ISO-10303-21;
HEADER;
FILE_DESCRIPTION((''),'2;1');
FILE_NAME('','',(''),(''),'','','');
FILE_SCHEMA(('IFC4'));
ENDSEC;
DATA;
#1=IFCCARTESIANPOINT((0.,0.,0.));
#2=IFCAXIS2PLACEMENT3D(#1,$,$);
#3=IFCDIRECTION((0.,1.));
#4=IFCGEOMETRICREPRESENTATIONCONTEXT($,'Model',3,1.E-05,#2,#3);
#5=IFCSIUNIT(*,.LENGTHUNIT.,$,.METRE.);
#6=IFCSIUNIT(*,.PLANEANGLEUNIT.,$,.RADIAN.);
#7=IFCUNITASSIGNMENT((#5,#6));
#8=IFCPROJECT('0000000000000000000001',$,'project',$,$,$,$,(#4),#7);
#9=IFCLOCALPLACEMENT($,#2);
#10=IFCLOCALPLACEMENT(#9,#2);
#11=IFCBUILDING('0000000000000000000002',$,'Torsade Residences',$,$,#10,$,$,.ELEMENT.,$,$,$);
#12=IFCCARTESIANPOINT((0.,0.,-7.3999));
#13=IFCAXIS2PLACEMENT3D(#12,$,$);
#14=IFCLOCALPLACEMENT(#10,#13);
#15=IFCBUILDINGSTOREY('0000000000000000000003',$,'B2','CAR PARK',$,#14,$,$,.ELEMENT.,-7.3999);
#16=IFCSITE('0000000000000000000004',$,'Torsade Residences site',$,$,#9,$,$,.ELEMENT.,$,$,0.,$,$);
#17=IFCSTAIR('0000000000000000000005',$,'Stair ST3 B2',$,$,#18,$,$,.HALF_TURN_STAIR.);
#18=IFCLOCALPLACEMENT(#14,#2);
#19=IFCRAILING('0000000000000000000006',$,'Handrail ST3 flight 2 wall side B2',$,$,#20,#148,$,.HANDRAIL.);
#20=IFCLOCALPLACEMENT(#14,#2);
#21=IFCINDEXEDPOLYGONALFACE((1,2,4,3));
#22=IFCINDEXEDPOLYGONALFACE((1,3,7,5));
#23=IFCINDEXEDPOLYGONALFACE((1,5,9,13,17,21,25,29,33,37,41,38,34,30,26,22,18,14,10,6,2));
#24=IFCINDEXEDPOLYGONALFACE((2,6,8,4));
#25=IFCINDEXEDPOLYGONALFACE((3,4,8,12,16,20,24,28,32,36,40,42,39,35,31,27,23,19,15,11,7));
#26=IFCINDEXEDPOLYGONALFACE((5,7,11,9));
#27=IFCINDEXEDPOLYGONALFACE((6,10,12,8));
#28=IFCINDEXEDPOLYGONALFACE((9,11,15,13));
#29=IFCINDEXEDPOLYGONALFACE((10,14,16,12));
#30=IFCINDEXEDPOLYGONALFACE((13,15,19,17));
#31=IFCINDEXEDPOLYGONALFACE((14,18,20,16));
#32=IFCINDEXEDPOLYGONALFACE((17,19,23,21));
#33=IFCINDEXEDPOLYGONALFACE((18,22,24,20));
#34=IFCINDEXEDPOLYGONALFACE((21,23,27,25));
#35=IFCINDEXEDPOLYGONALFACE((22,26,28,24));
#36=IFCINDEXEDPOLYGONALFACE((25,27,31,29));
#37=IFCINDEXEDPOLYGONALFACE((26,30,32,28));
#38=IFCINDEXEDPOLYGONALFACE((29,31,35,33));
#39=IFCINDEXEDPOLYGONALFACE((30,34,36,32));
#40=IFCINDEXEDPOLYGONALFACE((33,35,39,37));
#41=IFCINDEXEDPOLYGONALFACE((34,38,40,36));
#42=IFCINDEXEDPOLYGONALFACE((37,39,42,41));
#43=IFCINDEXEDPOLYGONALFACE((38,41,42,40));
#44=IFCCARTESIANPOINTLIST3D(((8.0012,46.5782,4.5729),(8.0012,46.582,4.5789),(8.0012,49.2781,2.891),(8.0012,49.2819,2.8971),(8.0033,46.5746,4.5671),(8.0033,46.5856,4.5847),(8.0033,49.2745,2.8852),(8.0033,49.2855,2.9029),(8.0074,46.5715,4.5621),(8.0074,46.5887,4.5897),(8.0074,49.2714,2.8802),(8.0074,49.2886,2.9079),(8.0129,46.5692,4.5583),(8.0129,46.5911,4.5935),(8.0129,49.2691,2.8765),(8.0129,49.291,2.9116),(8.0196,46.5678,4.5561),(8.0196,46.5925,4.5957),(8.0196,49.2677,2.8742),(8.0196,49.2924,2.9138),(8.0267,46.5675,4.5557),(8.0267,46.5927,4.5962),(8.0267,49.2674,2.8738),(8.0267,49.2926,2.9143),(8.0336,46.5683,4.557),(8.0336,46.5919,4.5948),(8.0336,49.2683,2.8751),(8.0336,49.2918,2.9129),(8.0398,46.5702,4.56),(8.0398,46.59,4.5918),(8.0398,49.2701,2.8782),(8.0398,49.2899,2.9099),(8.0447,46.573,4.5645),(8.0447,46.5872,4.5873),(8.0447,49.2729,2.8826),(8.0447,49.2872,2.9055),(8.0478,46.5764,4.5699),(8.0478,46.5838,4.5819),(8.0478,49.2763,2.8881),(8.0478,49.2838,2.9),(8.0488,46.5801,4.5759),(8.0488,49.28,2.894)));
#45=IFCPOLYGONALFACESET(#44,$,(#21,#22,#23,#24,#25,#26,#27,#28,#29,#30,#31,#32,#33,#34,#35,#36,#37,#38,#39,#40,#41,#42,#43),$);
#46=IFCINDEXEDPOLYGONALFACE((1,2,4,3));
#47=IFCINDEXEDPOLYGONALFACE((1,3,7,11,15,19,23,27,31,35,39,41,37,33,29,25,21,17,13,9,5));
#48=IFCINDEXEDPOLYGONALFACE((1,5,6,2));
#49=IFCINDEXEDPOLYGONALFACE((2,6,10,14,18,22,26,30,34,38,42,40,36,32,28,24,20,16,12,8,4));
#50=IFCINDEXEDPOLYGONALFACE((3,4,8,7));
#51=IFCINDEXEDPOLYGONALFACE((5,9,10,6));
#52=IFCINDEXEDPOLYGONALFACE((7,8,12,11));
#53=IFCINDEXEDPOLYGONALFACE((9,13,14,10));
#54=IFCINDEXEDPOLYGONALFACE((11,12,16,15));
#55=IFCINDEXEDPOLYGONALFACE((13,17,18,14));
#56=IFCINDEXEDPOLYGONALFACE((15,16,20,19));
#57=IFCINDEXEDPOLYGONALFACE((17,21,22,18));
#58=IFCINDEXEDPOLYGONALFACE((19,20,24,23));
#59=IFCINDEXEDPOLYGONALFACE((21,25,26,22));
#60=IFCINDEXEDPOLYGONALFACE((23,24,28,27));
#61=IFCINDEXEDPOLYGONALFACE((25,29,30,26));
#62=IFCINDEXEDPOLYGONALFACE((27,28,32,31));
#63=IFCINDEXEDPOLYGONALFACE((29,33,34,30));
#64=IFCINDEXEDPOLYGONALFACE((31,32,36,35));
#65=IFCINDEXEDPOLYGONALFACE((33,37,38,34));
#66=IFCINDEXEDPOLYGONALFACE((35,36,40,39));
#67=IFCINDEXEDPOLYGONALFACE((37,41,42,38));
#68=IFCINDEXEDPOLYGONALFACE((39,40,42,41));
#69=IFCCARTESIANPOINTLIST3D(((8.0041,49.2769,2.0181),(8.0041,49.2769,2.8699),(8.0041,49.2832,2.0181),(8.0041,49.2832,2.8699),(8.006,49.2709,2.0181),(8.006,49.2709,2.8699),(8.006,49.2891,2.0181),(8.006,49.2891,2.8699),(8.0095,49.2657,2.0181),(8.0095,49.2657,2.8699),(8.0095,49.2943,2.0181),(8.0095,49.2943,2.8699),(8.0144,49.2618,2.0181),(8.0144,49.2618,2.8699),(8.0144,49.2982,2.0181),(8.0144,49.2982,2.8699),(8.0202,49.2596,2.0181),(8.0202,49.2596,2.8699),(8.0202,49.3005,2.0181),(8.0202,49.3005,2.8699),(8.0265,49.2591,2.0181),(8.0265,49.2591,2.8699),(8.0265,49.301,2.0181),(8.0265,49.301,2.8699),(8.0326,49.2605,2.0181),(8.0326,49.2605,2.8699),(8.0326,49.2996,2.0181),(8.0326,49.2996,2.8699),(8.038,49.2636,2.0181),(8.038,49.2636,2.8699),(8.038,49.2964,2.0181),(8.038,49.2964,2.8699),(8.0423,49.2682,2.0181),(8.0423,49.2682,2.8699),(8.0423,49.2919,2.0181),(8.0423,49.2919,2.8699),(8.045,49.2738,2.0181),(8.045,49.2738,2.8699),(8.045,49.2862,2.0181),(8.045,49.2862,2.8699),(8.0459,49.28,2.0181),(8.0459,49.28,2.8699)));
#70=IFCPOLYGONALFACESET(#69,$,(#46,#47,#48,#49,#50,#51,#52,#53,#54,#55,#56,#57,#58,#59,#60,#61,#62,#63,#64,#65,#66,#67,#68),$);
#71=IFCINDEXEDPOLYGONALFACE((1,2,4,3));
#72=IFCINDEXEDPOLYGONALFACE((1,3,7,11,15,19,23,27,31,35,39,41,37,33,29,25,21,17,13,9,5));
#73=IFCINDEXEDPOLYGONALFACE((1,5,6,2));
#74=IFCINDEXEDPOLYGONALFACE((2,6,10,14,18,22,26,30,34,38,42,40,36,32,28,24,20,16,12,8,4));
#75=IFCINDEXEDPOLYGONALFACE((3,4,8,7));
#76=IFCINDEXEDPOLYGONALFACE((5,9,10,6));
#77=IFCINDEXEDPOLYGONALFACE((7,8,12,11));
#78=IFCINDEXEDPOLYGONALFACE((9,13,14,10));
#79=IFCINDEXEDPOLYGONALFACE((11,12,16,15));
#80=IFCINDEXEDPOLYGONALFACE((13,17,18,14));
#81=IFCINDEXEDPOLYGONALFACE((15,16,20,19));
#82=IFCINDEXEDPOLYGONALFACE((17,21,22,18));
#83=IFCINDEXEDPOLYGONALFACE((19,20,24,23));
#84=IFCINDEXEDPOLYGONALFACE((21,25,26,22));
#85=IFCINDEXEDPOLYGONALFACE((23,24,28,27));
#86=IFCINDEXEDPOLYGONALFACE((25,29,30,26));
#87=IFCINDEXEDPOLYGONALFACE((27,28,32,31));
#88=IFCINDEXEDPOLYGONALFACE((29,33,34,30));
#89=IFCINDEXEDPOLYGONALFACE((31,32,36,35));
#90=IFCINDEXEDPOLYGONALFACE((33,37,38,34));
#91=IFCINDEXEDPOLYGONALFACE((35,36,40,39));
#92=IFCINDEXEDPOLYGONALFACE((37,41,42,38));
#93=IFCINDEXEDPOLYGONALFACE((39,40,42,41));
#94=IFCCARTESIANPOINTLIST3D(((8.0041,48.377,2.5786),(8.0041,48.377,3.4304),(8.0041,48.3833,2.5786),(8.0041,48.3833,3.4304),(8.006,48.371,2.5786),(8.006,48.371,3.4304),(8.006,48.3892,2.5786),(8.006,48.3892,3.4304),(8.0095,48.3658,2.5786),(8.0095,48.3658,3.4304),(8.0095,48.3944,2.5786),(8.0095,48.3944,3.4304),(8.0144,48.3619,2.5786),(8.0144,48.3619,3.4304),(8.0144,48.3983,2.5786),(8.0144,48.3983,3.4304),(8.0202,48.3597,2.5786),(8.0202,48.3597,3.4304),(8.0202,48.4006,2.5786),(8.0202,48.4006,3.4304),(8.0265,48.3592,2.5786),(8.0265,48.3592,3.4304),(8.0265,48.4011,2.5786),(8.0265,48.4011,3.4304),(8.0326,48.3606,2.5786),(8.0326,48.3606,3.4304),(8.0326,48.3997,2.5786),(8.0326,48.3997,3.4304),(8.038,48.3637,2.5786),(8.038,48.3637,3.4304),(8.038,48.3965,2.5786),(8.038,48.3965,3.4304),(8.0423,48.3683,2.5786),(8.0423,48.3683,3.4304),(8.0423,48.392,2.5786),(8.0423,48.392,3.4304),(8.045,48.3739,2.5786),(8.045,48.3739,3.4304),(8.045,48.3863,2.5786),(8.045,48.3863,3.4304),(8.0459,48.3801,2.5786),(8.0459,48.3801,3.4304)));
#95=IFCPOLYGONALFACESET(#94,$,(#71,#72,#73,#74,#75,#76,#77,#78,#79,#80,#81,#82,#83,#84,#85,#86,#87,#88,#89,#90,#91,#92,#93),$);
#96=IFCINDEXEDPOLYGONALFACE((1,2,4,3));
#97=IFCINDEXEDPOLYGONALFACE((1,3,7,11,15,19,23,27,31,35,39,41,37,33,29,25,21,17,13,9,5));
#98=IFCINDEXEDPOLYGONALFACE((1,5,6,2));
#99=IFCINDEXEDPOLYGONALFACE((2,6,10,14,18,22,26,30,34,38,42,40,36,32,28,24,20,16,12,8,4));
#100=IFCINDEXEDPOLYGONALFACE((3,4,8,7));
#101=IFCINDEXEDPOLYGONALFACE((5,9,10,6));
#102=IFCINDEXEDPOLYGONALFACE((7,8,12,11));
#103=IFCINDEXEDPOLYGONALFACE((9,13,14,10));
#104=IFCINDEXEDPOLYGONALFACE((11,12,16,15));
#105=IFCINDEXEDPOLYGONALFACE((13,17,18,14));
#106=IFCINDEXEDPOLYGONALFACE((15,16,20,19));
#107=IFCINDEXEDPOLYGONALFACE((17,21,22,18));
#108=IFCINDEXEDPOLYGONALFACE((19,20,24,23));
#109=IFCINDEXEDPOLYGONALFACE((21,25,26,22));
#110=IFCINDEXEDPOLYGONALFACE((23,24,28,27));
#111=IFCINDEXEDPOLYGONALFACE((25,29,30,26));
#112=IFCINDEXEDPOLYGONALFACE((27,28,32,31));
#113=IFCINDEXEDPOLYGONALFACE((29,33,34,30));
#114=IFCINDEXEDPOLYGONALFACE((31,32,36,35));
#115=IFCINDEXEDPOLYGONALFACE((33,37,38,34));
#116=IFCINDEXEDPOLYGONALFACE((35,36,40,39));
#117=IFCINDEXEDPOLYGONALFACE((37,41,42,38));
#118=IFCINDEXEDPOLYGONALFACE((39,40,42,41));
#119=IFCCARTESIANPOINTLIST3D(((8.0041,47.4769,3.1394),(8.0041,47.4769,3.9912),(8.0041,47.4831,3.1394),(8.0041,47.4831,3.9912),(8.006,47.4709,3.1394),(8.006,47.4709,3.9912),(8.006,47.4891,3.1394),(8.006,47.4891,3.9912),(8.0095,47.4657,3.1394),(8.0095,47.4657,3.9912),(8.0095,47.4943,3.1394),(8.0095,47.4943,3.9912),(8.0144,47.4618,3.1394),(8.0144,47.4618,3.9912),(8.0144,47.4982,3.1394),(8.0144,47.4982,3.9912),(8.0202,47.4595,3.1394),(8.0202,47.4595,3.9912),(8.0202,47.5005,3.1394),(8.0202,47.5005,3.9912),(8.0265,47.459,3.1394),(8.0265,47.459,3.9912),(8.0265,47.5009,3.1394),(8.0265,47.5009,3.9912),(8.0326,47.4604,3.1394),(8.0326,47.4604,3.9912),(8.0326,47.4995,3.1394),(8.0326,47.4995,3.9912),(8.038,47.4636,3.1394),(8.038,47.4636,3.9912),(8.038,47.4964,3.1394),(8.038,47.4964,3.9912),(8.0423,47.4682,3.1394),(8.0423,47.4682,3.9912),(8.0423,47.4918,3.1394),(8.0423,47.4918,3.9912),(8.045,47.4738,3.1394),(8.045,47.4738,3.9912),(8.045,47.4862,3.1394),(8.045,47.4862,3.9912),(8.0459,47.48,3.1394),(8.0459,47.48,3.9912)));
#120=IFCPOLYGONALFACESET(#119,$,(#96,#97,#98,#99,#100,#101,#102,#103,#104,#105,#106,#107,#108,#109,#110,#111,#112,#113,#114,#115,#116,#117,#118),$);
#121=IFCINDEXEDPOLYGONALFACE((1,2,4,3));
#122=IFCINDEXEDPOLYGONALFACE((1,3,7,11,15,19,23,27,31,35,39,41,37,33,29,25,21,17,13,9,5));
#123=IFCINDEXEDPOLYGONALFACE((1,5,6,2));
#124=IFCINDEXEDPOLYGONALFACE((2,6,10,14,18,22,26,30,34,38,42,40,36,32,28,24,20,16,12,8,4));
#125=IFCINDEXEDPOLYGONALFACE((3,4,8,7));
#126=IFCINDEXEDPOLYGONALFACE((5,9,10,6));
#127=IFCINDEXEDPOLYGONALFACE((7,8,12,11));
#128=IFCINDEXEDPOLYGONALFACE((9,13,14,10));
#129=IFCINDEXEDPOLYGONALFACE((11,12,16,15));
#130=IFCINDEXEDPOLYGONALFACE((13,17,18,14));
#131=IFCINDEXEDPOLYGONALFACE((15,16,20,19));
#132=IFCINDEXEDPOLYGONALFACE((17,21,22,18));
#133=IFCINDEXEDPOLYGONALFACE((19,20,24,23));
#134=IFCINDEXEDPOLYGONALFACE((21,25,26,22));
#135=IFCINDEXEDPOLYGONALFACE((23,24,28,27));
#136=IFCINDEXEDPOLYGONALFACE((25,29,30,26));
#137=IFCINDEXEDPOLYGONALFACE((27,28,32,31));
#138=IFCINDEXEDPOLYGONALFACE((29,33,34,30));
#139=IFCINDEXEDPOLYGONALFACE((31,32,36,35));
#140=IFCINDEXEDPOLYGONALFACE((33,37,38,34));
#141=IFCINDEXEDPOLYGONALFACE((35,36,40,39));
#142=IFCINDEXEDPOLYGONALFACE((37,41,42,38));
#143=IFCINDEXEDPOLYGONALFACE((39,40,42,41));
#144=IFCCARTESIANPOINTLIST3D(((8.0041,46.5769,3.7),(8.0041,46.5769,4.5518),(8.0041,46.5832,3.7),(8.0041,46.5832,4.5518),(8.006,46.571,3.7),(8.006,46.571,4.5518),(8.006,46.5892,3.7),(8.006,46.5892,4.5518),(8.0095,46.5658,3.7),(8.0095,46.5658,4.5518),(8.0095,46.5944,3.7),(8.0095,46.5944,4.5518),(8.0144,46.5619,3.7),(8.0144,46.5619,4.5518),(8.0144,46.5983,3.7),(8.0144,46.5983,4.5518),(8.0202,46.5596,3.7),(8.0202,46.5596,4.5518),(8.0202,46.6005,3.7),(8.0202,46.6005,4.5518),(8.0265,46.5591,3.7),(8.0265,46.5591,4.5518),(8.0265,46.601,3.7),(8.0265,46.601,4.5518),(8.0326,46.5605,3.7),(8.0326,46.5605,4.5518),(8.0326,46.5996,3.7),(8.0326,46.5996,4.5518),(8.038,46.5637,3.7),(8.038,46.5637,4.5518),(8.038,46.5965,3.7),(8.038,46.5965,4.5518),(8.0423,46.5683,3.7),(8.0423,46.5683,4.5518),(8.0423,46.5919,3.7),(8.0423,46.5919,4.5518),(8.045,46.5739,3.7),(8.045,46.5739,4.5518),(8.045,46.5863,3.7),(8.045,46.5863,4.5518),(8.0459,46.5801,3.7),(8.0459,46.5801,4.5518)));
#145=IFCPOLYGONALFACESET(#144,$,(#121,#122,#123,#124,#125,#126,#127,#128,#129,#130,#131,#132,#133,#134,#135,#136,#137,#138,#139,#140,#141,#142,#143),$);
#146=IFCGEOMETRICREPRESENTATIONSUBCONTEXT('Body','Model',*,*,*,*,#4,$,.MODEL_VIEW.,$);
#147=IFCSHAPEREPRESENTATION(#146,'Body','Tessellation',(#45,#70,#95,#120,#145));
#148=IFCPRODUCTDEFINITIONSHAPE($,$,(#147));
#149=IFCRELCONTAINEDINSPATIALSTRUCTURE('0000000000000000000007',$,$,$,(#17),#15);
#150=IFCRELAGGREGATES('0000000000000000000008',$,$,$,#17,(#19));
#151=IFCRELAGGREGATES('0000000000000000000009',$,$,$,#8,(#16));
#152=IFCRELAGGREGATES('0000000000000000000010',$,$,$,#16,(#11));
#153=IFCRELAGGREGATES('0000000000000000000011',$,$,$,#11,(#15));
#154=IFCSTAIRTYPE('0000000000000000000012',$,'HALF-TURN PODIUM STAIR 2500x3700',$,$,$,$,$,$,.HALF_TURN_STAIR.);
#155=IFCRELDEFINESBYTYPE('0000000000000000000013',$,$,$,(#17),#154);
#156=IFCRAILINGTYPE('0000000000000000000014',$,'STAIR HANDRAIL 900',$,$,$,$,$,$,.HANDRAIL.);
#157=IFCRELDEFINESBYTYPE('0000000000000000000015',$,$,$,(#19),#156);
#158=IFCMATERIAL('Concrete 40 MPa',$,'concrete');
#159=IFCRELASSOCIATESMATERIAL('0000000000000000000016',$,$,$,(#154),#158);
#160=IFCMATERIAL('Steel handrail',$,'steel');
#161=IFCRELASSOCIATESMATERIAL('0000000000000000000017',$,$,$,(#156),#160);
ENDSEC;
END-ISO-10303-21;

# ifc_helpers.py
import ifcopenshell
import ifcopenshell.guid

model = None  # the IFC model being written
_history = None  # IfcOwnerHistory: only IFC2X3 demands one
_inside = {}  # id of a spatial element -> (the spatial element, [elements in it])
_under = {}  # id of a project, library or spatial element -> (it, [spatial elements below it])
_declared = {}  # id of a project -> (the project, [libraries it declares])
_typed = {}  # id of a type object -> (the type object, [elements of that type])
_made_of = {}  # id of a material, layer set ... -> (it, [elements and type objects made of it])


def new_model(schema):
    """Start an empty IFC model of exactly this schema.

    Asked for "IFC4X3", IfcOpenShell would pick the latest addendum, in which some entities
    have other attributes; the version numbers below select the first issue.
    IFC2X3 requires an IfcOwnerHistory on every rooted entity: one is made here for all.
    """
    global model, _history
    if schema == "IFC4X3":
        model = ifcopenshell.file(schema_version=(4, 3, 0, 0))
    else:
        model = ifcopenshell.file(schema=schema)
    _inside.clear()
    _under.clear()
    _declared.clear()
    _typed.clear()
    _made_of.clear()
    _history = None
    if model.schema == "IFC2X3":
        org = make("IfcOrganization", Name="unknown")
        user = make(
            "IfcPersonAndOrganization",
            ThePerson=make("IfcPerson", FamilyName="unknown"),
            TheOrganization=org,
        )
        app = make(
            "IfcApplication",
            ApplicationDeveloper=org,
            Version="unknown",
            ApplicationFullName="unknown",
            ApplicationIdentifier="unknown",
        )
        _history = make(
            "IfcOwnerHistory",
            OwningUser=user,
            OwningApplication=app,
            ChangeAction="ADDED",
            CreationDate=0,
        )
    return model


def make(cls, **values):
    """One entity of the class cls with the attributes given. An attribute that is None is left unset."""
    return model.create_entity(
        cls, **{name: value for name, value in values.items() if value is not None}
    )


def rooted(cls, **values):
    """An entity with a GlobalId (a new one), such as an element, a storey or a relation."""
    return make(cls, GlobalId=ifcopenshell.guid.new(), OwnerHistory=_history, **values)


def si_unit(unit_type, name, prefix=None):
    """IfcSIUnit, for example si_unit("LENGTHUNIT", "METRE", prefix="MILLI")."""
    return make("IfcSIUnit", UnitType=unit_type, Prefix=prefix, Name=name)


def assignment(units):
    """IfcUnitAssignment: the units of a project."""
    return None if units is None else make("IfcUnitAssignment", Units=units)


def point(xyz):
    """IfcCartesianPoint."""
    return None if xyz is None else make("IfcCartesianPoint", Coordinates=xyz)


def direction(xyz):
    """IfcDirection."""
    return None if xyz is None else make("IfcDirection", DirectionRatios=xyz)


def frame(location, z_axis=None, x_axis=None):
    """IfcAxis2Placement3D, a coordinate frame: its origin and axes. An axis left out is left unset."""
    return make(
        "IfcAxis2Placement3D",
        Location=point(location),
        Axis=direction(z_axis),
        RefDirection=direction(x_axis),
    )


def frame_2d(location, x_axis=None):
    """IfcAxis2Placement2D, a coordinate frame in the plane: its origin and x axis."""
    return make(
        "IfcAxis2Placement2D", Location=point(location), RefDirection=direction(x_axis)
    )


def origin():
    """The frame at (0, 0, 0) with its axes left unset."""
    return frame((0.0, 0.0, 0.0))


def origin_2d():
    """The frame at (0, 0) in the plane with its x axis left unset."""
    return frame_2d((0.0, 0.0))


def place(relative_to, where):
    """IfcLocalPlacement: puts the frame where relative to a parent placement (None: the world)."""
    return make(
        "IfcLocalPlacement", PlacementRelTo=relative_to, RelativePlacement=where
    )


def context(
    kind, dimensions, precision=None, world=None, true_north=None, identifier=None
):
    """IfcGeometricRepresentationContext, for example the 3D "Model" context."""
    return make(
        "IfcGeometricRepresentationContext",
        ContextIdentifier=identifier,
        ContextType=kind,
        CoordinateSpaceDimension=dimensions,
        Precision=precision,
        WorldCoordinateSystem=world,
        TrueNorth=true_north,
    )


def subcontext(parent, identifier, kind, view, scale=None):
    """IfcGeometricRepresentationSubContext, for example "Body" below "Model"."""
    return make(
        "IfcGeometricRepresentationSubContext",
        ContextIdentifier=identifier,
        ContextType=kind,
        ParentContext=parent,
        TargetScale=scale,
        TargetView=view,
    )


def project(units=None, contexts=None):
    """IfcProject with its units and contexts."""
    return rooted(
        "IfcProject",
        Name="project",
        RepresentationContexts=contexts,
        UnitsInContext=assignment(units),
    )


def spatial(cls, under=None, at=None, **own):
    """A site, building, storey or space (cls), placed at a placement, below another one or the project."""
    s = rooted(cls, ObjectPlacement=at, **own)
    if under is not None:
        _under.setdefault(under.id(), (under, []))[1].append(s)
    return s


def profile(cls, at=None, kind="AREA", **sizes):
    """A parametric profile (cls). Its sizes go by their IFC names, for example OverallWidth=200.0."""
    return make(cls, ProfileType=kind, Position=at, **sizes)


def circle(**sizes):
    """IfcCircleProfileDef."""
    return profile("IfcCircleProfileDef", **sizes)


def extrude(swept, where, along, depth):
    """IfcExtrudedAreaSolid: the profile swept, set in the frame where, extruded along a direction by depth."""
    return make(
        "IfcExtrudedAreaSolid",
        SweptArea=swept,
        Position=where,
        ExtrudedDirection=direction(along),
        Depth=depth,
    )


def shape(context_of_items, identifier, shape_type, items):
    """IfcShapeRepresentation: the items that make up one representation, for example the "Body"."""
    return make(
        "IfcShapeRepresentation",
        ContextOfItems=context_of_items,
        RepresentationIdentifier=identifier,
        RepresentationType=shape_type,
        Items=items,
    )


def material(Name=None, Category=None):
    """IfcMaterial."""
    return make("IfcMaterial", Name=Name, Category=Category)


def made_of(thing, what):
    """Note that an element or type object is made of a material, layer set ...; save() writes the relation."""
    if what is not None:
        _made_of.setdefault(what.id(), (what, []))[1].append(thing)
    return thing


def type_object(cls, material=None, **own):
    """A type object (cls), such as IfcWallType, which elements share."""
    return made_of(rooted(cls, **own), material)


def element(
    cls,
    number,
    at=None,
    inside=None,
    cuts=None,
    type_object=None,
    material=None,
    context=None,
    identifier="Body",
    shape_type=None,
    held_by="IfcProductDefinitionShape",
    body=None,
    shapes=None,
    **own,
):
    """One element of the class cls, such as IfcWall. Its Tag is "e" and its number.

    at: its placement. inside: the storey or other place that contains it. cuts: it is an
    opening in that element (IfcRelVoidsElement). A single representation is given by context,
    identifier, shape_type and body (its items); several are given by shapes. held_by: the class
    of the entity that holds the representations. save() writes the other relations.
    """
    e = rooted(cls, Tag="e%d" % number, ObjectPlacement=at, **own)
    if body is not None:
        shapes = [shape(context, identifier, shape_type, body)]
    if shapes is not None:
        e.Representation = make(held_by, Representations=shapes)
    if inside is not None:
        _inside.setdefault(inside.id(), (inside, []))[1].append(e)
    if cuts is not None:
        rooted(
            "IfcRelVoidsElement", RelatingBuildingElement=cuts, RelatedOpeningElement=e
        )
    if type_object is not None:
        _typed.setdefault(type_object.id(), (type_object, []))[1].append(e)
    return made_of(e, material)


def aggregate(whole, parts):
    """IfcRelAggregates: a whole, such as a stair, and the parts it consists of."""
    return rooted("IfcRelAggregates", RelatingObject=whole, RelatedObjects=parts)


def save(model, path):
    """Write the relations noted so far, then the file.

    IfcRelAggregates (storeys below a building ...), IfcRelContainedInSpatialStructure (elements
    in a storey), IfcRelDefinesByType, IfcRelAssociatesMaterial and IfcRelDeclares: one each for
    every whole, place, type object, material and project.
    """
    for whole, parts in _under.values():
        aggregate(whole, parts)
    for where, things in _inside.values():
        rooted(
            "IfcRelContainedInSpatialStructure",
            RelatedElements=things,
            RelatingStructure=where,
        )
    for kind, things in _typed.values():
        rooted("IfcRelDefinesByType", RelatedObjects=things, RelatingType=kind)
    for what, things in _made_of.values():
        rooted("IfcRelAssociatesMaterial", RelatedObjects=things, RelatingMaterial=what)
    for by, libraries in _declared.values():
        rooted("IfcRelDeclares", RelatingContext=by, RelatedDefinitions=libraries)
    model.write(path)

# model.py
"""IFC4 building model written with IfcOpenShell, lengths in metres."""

from ifc_helpers import new_model, si_unit, direction, frame, origin, origin_2d, place, context, subcontext, project, spatial, circle, extrude, material, type_object, element, aggregate, save


model = new_model("IFC4")

# Units and contexts
model_context = context("Model", 3, precision=1e-05, world=origin(), true_north=direction((0.0, 1.0)))
body_context = subcontext(model_context, "Body", "Model", "MODEL_VIEW")
ifc_project = project(units=[si_unit("LENGTHUNIT", "METRE"), si_unit("PLANEANGLEUNIT", "RADIAN")], contexts=[model_context])

# Site, building, storey
site_placement = place(None, origin())
site = spatial("IfcSite", under=ifc_project, at=site_placement, Name="Torsade Residences site", CompositionType="ELEMENT", RefElevation=0.0)
building_placement = place(site_placement, origin())
building = spatial("IfcBuilding", under=site, at=building_placement, Name="Torsade Residences", CompositionType="ELEMENT")
storey_placement = place(building_placement, frame((0.0, 0.0, -7.3999)))
storey = spatial("IfcBuildingStorey", under=building, at=storey_placement, Name="B2", Description="CAR PARK", CompositionType="ELEMENT", Elevation=-7.3999)

# Stair, railing
ifc_material_1 = material(Name="Concrete 40 MPa", Category="concrete")
stair_type = type_object("IfcStairType", Name="HALF-TURN PODIUM STAIR 2500x3700", PredefinedType="HALF_TURN_STAIR", material=ifc_material_1)
stair_placement = place(storey_placement, origin())
stair = element("IfcStair", 1, at=stair_placement, inside=storey, type_object=stair_type, Name="Stair ST3 B2", PredefinedType="HALF_TURN_STAIR")
ifc_material_2 = material(Name="Steel handrail", Category="steel")
railing_type = type_object("IfcRailingType", Name="STAIR HANDRAIL 900", PredefinedType="HANDRAIL", material=ifc_material_2)
railing_1_placement = place(storey_placement, frame((8.0249, 49.28, 2.0181)))
railing_1 = element("IfcRailing", 2, at=railing_1_placement, type_object=railing_type, Name="Handrail ST3 flight 2 wall side B2", PredefinedType="HANDRAIL", context=body_context, shape_type="SweptSolid", body=[
    extrude(circle(Radius=0.0239, at=origin_2d()), frame((0.0, 0.0, 0.876), z_axis=(0.0, -0.848786, 0.528736), x_axis=(1.0, 0.0, 0.0)), (0.0, 0.0, 1.0), 3.1809),
    extrude(circle(Radius=0.021, at=origin_2d()), origin(), (0.0, 0.0, 1.0), 0.8518),
    extrude(circle(Radius=0.021, at=origin_2d()), frame((0.0, -0.8999, 0.5605)), (0.0, 0.0, 1.0), 0.8518),
    extrude(circle(Radius=0.021, at=origin_2d()), frame((0.0, -1.8, 1.1213)), (0.0, 0.0, 1.0), 0.8518),
    extrude(circle(Radius=0.021, at=origin_2d()), frame((0.0, -2.7, 1.6819)), (0.0, 0.0, 1.0), 0.8518),
])
aggregate(stair, [railing_1])

save(model, "model.ifc")
